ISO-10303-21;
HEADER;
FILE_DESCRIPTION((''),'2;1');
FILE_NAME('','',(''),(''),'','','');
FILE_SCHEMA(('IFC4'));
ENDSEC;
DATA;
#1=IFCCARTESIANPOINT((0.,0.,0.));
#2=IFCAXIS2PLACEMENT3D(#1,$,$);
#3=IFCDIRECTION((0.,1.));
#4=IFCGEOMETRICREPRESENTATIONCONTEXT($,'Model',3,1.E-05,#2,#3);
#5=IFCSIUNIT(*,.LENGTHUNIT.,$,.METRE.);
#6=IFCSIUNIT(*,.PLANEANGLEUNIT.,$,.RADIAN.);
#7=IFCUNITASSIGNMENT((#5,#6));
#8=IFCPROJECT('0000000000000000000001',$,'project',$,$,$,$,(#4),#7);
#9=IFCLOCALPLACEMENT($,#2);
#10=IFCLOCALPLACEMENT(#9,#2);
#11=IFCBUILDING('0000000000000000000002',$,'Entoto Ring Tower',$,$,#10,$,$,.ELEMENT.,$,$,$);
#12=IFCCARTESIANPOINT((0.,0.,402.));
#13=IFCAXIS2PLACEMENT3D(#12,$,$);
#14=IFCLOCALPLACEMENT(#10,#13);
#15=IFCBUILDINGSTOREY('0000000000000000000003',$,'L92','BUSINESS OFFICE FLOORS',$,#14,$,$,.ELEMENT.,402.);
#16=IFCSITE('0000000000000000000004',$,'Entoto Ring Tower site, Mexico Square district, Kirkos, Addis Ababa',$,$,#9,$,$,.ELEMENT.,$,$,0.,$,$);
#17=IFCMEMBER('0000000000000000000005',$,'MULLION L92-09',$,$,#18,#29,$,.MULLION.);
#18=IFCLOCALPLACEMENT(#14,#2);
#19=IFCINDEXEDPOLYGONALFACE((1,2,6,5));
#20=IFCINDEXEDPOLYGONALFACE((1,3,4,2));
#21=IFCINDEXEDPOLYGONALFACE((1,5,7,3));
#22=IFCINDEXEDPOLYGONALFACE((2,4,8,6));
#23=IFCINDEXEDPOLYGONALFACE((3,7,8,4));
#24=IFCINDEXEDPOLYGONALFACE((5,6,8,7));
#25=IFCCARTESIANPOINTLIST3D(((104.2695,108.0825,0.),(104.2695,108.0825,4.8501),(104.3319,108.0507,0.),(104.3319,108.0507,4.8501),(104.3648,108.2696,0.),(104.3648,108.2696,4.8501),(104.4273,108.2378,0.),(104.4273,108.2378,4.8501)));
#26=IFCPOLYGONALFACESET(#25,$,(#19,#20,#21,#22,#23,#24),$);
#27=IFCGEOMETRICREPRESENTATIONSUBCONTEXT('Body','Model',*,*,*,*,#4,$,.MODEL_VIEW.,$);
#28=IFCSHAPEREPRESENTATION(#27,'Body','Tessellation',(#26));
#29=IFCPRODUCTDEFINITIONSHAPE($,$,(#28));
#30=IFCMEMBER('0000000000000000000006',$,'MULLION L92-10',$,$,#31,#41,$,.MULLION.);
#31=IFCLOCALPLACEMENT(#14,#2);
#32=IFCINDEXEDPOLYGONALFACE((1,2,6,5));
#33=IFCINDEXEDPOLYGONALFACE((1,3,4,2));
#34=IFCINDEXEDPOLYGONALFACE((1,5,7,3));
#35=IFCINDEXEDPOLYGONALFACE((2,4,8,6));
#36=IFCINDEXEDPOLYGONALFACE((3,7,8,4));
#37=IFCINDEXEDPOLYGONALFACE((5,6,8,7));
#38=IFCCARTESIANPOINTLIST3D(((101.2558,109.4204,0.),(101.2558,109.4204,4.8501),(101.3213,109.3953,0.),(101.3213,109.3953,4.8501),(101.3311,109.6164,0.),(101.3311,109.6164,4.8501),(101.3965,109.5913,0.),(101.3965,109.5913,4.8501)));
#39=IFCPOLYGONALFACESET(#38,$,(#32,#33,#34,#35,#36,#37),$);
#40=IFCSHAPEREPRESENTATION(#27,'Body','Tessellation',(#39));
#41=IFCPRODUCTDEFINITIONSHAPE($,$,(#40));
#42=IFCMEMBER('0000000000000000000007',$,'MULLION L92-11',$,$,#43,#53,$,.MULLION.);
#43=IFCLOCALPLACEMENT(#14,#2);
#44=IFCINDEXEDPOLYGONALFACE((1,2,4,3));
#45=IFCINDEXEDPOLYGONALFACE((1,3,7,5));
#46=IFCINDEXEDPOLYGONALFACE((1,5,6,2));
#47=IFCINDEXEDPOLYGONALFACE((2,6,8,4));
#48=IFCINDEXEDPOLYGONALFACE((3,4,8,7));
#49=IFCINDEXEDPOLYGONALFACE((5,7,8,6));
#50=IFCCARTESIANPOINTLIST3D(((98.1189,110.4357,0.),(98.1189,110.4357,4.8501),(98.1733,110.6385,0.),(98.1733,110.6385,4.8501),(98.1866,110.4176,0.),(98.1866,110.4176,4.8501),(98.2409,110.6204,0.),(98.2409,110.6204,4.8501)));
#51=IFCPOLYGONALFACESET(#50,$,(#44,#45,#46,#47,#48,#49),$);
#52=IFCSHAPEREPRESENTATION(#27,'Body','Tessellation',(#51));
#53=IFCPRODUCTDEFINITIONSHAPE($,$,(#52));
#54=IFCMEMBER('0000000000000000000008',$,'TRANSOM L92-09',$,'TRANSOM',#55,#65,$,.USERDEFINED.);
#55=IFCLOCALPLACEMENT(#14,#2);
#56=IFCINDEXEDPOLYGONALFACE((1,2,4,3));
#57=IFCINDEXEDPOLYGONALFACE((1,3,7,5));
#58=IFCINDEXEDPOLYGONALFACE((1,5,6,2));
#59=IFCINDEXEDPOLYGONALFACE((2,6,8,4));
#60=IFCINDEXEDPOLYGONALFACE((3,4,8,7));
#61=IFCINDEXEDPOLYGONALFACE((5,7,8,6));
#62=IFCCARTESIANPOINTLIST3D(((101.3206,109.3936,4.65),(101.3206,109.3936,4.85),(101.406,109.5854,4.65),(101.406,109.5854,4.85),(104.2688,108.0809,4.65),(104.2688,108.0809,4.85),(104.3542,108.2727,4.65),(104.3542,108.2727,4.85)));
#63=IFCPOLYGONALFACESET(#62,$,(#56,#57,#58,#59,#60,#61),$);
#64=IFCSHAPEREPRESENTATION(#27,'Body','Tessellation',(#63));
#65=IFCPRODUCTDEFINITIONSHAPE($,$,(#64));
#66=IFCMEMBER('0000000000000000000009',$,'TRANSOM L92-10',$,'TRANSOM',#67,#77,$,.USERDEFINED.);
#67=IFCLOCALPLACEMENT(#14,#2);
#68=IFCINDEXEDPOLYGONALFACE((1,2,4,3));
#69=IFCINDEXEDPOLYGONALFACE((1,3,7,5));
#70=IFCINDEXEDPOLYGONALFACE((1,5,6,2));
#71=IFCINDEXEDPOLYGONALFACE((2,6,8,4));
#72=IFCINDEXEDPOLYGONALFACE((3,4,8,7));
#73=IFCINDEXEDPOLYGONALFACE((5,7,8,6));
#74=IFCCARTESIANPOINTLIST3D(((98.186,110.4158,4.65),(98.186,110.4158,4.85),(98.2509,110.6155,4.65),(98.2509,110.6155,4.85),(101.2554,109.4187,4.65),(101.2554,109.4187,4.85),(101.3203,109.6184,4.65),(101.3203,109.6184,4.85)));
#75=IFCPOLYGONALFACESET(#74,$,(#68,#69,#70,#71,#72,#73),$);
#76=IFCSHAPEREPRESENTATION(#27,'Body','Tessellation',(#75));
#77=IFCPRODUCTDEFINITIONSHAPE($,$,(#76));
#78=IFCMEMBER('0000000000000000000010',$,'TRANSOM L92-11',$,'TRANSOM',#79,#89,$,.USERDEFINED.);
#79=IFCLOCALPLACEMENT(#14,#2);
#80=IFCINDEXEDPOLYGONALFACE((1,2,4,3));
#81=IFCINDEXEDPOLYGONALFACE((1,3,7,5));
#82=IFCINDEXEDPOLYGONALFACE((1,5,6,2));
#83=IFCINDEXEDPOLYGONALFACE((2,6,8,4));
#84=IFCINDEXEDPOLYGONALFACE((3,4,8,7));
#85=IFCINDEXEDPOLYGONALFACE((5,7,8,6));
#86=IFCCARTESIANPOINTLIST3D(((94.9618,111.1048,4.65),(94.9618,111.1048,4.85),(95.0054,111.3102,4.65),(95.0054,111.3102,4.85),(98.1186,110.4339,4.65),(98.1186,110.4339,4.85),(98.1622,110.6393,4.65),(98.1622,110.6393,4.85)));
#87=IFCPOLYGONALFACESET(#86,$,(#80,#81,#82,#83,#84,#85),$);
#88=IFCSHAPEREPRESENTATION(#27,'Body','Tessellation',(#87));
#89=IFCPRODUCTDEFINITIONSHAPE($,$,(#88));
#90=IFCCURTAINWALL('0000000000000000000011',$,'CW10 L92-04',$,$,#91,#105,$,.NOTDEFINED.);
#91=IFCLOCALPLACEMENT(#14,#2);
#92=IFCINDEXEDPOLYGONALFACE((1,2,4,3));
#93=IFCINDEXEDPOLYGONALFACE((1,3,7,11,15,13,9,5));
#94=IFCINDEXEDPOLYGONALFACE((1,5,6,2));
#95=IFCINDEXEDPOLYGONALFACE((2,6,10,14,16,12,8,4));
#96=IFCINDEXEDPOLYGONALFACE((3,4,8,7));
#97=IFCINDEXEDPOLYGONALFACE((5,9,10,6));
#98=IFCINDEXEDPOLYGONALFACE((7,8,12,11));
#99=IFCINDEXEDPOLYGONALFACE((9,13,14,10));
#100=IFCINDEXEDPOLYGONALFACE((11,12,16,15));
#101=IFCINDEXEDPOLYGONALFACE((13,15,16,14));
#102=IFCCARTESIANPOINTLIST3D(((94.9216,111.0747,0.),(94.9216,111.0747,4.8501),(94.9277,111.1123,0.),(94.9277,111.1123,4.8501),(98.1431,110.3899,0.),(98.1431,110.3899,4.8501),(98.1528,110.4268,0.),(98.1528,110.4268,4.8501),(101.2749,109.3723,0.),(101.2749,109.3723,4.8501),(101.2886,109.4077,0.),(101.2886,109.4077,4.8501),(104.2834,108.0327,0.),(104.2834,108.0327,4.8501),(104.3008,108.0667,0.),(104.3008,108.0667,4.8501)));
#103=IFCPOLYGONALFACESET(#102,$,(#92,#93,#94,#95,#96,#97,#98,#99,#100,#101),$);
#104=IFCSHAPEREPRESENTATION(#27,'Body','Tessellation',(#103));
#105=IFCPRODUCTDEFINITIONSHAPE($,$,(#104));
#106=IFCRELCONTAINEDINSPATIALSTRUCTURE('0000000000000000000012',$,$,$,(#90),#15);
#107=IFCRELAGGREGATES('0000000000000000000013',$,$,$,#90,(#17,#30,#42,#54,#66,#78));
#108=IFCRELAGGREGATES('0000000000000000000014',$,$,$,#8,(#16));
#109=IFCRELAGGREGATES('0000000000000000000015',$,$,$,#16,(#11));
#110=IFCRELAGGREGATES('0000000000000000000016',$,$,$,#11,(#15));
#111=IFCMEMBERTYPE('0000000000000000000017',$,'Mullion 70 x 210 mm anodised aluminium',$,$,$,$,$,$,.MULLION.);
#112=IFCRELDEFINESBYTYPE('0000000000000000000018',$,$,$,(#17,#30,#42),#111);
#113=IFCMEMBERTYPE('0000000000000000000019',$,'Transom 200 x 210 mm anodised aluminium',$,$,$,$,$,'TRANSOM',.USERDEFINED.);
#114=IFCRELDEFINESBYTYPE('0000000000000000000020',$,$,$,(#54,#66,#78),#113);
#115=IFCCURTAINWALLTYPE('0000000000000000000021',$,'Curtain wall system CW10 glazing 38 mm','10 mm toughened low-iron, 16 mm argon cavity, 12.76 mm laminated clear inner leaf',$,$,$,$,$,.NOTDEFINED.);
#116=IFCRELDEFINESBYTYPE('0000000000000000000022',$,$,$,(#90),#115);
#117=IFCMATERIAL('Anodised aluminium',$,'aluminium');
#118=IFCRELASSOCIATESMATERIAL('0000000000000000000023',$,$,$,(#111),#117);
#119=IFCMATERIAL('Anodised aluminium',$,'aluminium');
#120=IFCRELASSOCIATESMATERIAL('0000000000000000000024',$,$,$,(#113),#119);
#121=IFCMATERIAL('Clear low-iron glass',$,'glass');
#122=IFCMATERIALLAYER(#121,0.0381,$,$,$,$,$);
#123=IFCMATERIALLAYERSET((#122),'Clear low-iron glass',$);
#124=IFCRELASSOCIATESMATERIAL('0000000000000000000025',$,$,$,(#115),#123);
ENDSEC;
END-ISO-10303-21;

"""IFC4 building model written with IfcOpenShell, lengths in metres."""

from ifc_helpers import new_model, si_unit, direction, frame, origin, origin_2d, place, context, subcontext, project, spatial, polyline, rectangle, outline, extrude, material, layer, layer_set, material_profile, profile_set, type_object, element, aggregate, save


model = new_model("IFC4")

# Units and contexts
model_context = context("Model", 3, precision=1e-05, world=origin(), true_north=direction((0.0, 1.0)))
body_context = subcontext(model_context, "Body", "Model", "MODEL_VIEW")
ifc_project = project(units=[si_unit("LENGTHUNIT", "METRE"), si_unit("PLANEANGLEUNIT", "RADIAN")], contexts=[model_context])

# Members
ifc_material_1 = material(Name="Anodised aluminium", Category="aluminium")
ifc_material_profile_1 = material_profile(ifc_material_1, rectangle(XDim=0.0701, YDim=0.21, at=origin_2d()), Name="Mullion 70 x 210 mm anodised aluminium")
ifc_profile_set_1 = profile_set([ifc_material_profile_1], Name="Anodised aluminium")
member_type_1 = type_object("IfcMemberType", Name="Mullion 70 x 210 mm anodised aluminium", PredefinedType="MULLION", material=ifc_profile_set_1)
site_placement = place(None, origin())
building_placement = place(site_placement, origin())
storey_placement = place(building_placement, frame((0.0, 0.0, 402.0)))
member_1_placement = place(storey_placement, frame((104.3484, 108.1602, 0.0), z_axis=(0.0, 0.0, 1.0), x_axis=(-0.891007, 0.45399, 0.0)))
member_1 = element("IfcMember", 1, at=member_1_placement, type_object=member_type_1, Name="MULLION L92-09", PredefinedType="MULLION", context=body_context, shape_type="SweptSolid", body=[
    extrude(rectangle(XDim=0.0701, YDim=0.21, at=origin_2d()), origin(), (0.0, 0.0, 1.0), 4.8501),
])
member_2_placement = place(storey_placement, frame((101.3262, 109.5059, 0.0), z_axis=(0.0, 0.0, 1.0), x_axis=(-0.93358, 0.358368, 0.0)))
member_2 = element("IfcMember", 2, at=member_2_placement, type_object=member_type_1, Name="MULLION L92-10", PredefinedType="MULLION", context=body_context, shape_type="SweptSolid", body=[
    extrude(rectangle(XDim=0.0701, YDim=0.21, at=origin_2d()), origin(), (0.0, 0.0, 1.0), 4.8501),
])
member_3_placement = place(storey_placement, frame((98.1799, 110.5281, 0.0), z_axis=(0.0, 0.0, 1.0), x_axis=(-0.965926, 0.258819, 0.0)))
member_3 = element("IfcMember", 3, at=member_3_placement, type_object=member_type_1, Name="MULLION L92-11", PredefinedType="MULLION", context=body_context, shape_type="SweptSolid", body=[
    extrude(rectangle(XDim=0.0701, YDim=0.21, at=origin_2d()), origin(), (0.0, 0.0, 1.0), 4.8501),
])
ifc_material_2 = material(Name="Anodised aluminium", Category="aluminium")
ifc_material_profile_2 = material_profile(ifc_material_2, rectangle(XDim=0.21, YDim=0.2, at=origin_2d()), Name="Transom 200 x 210 mm anodised aluminium")
ifc_profile_set_2 = profile_set([ifc_material_profile_2], Name="Anodised aluminium")
member_type_2 = type_object("IfcMemberType", Name="Transom 200 x 210 mm anodised aluminium", ElementType="TRANSOM", PredefinedType="USERDEFINED", material=ifc_profile_set_2)
member_4_placement = place(storey_placement, frame((104.3115, 108.1768, 4.75), z_axis=(-0.913534, 0.406763, 0.0), x_axis=(-0.406763, -0.913534, 0.0)))
member_4 = element("IfcMember", 4, at=member_4_placement, type_object=member_type_2, Name="TRANSOM L92-09", ObjectType="TRANSOM", PredefinedType="USERDEFINED", context=body_context, shape_type="SweptSolid", body=[
    extrude(rectangle(XDim=0.21, YDim=0.2, at=origin_2d()), origin(), (0.0, 0.0, 1.0), 3.2273),
])
member_5_placement = place(storey_placement, frame((101.2878, 109.5186, 4.75), z_axis=(-0.951076, 0.308956, 0.0), x_axis=(-0.308956, -0.951076, 0.0)))
member_5 = element("IfcMember", 5, at=member_5_placement, type_object=member_type_2, Name="TRANSOM L92-10", ObjectType="TRANSOM", PredefinedType="USERDEFINED", context=body_context, shape_type="SweptSolid", body=[
    extrude(rectangle(XDim=0.21, YDim=0.2, at=origin_2d()), origin(), (0.0, 0.0, 1.0), 3.2273),
])
member_6_placement = place(storey_placement, frame((98.1404, 110.5366, 4.75), z_axis=(-0.978153, 0.207886, 0.0), x_axis=(-0.207886, -0.978153, 0.0)))
member_6 = element("IfcMember", 6, at=member_6_placement, type_object=member_type_2, Name="TRANSOM L92-11", ObjectType="TRANSOM", PredefinedType="USERDEFINED", context=body_context, shape_type="SweptSolid", body=[
    extrude(rectangle(XDim=0.21, YDim=0.2, at=origin_2d()), origin(), (0.0, 0.0, 1.0), 3.2273),
])

# Site, building, storey
site = spatial("IfcSite", under=ifc_project, at=site_placement, Name="Entoto Ring Tower site, Mexico Square district, Kirkos, Addis Ababa", CompositionType="ELEMENT", RefElevation=0.0)
building = spatial("IfcBuilding", under=site, at=building_placement, Name="Entoto Ring Tower", CompositionType="ELEMENT")
storey = spatial("IfcBuildingStorey", under=building, at=storey_placement, Name="L92", Description="BUSINESS OFFICE FLOORS", CompositionType="ELEMENT", Elevation=402.0)

# Curtain wall
ifc_material_3 = material(Name="Clear low-iron glass", Category="glass")
ifc_layer_1 = layer(ifc_material_3, 0.0381)
ifc_layer_set_1 = layer_set([ifc_layer_1], Name="Clear low-iron glass")
curtain_wall_type = type_object("IfcCurtainWallType", Name="Curtain wall system CW10 glazing 38 mm", Description="10 mm toughened low-iron, 16 mm argon cavity, 12.76 mm laminated clear inner leaf", PredefinedType="NOTDEFINED", material=ifc_layer_set_1)
curtain_wall_1_placement = place(storey_placement, origin())
curtain_wall_1 = element("IfcCurtainWall", 7, at=curtain_wall_1_placement, inside=storey, type_object=curtain_wall_type, Name="CW10 L92-04", PredefinedType="NOTDEFINED", context=body_context, shape_type="SweptSolid", body=[
    extrude(outline(polyline([(104.3008, 108.0667), (101.2886, 109.4077), (98.1528, 110.4268), (94.9277, 111.1123), (94.9216, 111.0747), (98.1431, 110.3899), (101.2749, 109.3723), (104.2834, 108.0327), (104.3008, 108.0667)])), origin(), (0.0, 0.0, 1.0), 4.8501),
])
aggregate(curtain_wall_1, [member_1, member_2, member_3, member_4, member_5, member_6])

save(model, "model.ifc")
